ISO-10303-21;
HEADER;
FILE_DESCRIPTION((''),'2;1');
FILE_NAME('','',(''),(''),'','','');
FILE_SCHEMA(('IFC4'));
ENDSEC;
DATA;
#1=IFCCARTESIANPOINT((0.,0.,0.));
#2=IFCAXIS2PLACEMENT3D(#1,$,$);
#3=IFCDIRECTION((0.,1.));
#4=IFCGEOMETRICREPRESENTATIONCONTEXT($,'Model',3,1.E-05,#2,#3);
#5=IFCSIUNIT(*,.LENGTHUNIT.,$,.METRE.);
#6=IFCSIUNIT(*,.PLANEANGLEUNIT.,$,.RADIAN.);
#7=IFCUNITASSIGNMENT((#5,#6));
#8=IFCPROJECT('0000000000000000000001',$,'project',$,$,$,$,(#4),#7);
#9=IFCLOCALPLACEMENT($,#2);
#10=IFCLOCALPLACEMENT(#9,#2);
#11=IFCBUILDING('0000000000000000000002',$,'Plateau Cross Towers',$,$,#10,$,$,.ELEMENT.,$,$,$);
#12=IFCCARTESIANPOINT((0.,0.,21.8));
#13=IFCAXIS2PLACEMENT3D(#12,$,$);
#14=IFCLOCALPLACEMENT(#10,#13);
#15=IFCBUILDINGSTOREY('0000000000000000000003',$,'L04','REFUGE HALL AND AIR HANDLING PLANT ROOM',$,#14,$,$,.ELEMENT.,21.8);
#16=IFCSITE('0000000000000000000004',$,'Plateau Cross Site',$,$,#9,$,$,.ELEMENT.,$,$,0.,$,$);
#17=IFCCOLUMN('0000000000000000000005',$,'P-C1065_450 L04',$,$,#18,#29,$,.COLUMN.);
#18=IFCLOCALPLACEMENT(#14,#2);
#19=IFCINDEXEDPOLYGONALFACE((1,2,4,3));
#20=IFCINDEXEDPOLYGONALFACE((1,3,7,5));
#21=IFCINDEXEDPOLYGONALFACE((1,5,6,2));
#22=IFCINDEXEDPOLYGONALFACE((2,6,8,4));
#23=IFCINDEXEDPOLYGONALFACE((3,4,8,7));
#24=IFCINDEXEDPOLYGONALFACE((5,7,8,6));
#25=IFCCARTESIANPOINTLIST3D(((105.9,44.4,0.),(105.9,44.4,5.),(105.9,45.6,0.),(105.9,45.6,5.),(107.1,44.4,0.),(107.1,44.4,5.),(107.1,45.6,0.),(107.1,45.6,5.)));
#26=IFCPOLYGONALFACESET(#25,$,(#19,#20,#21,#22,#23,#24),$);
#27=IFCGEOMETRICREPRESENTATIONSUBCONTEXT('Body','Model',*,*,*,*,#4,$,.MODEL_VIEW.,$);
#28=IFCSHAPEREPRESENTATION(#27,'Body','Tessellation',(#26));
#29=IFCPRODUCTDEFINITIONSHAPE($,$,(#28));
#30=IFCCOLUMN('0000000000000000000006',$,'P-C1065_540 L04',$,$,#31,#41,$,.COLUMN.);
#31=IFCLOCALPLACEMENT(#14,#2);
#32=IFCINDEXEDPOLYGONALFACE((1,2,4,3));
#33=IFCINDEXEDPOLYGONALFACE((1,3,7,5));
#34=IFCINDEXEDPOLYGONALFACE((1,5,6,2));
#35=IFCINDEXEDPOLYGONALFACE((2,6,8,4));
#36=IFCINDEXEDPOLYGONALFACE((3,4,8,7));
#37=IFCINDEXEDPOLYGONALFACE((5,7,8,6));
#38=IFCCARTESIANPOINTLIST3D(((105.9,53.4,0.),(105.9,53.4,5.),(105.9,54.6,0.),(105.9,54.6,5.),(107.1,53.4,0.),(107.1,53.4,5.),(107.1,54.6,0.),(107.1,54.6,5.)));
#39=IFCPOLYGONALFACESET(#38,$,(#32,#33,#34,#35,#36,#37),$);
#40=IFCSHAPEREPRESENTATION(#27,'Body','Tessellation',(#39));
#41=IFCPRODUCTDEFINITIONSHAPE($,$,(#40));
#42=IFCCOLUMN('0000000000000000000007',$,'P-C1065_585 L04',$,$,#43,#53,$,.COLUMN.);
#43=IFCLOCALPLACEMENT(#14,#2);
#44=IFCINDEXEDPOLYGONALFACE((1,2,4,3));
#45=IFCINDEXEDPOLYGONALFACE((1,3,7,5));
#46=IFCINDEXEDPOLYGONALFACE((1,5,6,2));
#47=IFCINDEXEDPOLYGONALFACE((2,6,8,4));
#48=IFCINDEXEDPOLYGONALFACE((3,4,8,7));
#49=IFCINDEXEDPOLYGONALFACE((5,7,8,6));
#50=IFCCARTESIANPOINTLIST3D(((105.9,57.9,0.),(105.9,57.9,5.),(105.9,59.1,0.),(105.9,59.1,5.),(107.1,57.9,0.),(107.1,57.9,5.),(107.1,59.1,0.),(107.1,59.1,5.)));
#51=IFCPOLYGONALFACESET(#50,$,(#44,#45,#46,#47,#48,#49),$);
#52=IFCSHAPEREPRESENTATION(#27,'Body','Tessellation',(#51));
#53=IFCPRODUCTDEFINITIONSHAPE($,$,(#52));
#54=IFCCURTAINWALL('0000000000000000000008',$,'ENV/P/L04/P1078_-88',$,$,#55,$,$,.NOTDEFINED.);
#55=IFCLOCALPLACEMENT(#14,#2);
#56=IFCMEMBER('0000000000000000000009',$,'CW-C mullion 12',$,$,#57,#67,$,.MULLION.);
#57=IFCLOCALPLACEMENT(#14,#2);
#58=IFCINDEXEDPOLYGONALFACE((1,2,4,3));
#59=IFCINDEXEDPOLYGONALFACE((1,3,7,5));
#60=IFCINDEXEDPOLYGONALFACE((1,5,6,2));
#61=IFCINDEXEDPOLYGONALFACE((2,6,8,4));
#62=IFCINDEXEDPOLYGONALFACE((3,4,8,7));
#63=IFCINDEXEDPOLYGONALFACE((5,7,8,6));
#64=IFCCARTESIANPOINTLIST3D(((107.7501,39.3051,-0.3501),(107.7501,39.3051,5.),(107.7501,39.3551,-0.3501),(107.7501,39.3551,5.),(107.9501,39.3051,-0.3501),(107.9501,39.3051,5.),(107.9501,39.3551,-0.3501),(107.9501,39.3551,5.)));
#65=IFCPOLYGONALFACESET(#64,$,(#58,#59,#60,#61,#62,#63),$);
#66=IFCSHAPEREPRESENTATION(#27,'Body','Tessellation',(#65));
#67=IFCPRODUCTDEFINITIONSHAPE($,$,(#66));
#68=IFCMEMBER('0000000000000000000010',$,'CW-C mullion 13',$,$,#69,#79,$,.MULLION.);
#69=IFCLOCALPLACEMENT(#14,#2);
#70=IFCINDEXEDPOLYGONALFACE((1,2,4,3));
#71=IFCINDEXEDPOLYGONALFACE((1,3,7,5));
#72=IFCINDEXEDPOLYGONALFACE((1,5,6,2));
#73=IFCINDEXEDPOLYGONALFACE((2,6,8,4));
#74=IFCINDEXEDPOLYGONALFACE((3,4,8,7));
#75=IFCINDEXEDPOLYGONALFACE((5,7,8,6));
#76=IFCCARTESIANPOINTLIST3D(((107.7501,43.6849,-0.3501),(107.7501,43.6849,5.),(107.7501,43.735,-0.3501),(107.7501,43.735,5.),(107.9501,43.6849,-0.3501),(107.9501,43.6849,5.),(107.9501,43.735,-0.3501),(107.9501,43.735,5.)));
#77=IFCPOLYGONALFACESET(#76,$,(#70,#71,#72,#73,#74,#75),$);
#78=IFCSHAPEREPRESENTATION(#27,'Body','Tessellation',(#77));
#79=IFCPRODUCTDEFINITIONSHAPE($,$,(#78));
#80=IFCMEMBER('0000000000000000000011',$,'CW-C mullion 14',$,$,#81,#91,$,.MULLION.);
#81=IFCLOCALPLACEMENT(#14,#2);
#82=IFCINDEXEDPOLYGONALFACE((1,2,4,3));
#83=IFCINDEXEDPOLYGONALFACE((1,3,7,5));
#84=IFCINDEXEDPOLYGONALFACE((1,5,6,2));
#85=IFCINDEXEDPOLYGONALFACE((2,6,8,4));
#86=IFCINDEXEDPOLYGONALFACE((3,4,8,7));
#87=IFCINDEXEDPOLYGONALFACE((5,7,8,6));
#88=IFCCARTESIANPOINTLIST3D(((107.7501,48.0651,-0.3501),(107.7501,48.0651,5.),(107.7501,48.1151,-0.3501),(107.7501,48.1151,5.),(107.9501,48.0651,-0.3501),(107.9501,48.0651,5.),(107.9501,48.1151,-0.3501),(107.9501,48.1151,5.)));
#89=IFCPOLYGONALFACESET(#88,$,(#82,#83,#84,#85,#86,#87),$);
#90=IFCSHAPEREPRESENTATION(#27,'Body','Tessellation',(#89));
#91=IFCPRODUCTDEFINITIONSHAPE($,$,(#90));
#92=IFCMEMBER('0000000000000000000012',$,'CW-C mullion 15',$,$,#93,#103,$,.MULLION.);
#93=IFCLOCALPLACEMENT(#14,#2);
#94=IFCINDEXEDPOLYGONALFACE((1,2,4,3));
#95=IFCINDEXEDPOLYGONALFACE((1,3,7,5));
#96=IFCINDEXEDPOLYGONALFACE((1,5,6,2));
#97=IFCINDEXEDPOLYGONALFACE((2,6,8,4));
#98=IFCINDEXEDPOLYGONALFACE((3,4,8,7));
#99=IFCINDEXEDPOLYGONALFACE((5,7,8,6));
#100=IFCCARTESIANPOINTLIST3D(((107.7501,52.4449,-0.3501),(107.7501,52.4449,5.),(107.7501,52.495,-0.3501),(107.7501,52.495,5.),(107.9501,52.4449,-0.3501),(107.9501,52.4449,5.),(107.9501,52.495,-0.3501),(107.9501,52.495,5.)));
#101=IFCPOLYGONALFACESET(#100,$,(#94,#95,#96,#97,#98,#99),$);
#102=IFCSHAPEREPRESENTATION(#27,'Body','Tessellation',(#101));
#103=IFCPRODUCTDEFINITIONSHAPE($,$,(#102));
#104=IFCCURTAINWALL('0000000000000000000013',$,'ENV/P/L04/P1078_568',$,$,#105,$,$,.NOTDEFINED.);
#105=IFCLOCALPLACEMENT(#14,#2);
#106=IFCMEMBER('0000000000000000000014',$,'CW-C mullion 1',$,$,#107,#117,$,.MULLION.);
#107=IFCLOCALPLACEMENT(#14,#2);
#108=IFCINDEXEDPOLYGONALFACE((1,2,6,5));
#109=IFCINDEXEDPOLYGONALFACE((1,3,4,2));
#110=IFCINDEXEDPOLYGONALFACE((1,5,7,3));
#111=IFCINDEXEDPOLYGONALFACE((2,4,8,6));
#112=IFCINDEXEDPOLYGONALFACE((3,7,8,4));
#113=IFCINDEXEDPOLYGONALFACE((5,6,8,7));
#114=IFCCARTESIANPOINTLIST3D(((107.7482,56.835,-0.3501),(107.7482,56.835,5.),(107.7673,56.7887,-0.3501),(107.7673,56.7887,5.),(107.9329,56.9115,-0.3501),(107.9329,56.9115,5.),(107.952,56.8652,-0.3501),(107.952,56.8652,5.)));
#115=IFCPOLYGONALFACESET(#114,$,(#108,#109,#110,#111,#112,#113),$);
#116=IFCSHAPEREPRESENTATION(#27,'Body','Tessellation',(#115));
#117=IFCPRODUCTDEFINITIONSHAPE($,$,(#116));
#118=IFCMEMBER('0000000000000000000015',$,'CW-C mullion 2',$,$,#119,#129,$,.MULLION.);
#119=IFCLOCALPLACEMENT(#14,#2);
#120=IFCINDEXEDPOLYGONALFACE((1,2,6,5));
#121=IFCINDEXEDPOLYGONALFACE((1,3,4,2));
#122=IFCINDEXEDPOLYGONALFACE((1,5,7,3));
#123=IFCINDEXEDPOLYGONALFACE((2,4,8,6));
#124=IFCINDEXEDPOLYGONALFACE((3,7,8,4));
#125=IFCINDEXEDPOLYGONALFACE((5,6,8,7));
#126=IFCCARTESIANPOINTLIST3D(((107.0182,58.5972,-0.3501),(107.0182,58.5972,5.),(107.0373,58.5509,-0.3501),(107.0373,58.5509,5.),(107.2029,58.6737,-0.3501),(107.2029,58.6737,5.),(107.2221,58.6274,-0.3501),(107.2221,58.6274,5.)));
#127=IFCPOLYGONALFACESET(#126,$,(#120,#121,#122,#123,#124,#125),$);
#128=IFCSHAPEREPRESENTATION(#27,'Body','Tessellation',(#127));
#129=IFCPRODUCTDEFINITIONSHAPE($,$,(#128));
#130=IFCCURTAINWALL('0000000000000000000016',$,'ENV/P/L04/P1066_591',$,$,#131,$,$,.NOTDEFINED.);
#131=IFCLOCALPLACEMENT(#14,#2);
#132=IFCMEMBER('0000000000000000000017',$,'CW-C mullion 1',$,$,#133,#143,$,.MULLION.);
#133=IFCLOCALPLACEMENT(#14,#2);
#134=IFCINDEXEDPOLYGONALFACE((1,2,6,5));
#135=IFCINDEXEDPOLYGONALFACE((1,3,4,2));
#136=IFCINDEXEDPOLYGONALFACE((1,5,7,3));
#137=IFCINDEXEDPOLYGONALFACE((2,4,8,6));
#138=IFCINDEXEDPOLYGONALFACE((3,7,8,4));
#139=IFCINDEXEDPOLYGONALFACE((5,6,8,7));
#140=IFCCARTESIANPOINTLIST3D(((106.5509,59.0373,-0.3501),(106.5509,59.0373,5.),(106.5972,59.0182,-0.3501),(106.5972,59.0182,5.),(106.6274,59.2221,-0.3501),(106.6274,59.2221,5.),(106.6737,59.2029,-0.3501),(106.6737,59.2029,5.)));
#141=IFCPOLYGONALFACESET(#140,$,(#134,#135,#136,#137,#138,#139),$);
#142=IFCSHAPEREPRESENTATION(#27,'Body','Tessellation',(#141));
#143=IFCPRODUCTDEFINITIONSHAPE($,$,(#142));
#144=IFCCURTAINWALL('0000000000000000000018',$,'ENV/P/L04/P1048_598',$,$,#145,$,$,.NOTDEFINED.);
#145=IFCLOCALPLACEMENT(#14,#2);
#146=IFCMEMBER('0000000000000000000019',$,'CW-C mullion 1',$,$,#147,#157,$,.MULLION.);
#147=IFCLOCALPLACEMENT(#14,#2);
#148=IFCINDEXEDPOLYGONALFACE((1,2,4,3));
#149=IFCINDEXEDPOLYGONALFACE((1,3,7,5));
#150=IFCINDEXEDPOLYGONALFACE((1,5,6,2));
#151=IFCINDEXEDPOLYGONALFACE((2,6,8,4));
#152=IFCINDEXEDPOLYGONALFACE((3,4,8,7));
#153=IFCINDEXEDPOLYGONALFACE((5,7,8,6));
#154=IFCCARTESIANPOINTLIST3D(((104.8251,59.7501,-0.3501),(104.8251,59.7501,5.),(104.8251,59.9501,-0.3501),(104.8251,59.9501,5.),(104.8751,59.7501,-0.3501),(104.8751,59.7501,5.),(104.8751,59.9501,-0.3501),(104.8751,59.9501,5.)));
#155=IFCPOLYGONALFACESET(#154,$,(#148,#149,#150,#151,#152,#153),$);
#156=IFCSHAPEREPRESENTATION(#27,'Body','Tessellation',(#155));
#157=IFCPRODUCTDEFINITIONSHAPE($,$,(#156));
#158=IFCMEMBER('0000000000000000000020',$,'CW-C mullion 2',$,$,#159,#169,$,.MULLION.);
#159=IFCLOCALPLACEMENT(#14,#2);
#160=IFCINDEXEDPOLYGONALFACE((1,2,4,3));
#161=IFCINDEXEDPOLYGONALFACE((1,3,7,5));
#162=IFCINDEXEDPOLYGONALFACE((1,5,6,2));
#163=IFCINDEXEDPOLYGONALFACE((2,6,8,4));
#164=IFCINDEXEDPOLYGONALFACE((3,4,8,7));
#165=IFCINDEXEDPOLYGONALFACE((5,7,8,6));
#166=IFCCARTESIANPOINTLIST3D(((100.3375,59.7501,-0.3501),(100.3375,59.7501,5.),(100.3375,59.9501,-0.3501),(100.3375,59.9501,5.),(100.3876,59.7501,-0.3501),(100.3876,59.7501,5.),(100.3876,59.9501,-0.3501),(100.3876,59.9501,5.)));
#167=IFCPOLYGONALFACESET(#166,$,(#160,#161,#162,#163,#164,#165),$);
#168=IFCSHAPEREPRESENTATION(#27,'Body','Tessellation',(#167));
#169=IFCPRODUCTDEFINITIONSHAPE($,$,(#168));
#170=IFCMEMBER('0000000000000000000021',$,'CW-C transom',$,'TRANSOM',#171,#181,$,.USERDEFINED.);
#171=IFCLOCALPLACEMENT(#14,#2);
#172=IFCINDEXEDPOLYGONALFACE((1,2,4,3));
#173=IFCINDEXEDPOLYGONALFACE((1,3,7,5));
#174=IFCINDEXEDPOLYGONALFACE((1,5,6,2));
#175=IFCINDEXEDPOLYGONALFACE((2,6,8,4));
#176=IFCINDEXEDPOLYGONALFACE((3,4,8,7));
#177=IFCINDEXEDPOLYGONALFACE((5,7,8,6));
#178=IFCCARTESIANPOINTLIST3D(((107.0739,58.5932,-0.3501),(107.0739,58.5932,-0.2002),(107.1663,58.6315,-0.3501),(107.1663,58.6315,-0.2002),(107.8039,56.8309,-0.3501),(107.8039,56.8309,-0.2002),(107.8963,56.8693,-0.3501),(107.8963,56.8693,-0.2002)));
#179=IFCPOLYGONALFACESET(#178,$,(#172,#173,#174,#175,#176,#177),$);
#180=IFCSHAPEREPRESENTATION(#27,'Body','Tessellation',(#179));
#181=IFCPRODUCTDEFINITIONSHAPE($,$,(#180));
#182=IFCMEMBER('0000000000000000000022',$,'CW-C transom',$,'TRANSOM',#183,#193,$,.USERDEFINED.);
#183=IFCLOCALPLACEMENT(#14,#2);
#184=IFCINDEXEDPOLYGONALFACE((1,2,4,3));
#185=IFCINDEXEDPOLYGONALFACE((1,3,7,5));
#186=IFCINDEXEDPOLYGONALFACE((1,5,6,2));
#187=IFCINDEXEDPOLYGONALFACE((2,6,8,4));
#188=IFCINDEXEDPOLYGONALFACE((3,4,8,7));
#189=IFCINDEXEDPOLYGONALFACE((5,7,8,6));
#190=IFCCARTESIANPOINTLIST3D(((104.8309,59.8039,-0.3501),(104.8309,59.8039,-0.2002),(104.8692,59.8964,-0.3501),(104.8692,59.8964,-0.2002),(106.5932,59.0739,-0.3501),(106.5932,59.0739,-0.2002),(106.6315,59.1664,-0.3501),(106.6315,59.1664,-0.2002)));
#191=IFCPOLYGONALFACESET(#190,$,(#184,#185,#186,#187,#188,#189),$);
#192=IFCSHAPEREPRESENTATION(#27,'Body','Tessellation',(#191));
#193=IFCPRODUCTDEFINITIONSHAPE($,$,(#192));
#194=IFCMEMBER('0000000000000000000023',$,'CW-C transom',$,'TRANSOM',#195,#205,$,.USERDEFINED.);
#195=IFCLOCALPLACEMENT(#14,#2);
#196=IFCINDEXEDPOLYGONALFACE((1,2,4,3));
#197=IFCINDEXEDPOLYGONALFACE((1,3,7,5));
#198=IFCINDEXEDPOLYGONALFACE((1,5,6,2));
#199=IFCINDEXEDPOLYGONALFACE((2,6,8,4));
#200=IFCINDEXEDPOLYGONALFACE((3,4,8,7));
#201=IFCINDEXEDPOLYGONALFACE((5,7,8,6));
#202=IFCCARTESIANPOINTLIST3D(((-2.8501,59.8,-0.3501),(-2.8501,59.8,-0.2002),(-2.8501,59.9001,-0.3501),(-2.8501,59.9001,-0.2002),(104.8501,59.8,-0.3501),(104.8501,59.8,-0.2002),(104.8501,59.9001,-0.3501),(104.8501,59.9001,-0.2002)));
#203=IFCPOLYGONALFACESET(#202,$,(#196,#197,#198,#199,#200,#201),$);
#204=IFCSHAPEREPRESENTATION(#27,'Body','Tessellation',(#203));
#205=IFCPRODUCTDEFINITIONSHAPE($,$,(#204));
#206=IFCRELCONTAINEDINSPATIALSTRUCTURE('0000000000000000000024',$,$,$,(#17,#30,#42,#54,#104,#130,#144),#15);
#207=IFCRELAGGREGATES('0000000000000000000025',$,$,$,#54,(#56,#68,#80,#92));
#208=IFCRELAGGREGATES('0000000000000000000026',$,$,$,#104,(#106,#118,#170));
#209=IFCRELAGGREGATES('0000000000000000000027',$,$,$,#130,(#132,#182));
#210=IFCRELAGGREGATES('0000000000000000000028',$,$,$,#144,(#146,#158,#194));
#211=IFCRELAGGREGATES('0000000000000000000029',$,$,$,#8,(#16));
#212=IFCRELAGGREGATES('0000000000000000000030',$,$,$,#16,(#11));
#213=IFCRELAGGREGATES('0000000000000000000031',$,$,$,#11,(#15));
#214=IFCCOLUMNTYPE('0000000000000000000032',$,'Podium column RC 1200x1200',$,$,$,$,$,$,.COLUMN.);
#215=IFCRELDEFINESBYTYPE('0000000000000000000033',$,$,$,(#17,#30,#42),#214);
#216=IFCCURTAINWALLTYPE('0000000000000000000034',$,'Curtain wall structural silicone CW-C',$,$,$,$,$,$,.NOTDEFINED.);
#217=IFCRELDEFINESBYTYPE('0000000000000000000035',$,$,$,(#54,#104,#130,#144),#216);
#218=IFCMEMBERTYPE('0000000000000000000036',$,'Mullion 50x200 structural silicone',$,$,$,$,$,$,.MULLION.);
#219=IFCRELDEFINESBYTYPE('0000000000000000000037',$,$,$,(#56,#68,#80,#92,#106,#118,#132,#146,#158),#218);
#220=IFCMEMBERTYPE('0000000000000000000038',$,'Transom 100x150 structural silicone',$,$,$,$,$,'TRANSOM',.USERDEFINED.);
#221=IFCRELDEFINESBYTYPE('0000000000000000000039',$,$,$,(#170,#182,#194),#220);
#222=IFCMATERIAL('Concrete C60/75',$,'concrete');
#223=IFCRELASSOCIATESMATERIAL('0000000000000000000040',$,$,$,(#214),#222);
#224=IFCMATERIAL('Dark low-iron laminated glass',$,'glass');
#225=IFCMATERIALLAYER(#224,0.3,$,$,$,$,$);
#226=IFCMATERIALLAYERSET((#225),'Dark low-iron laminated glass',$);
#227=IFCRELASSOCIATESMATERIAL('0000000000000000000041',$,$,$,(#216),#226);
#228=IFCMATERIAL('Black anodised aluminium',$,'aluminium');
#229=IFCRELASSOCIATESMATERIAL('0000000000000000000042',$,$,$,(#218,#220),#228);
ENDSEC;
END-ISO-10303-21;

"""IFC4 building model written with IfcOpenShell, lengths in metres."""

from ifc_helpers import new_model, si_unit, direction, frame, origin, origin_2d, place, context, subcontext, project, spatial, rectangle, extrude, material, layer, layer_set, material_profile, profile_set, type_object, element, aggregate, save


model = new_model("IFC4")

# Units and contexts
model_context = context("Model", 3, precision=1e-05, world=origin(), true_north=direction((0.0, 1.0)))
body_context = subcontext(model_context, "Body", "Model", "MODEL_VIEW")
ifc_project = project(units=[si_unit("LENGTHUNIT", "METRE"), si_unit("PLANEANGLEUNIT", "RADIAN")], contexts=[model_context])

# Site, building, storey
site_placement = place(None, origin())
site = spatial("IfcSite", under=ifc_project, at=site_placement, Name="Plateau Cross Site", CompositionType="ELEMENT", RefElevation=0.0)
building_placement = place(site_placement, origin())
building = spatial("IfcBuilding", under=site, at=building_placement, Name="Plateau Cross Towers", CompositionType="ELEMENT")
storey_placement = place(building_placement, frame((0.0, 0.0, 21.8)))
storey = spatial("IfcBuildingStorey", under=building, at=storey_placement, Name="L04", Description="REFUGE HALL AND AIR HANDLING PLANT ROOM", CompositionType="ELEMENT", Elevation=21.8)

# Columns
ifc_material_1 = material(Name="Concrete C60/75", Category="concrete")
ifc_material_profile_1 = material_profile(ifc_material_1, rectangle(XDim=1.2, YDim=1.2, at=origin_2d()), Name="RC 1200x1200")
ifc_profile_set_1 = profile_set([ifc_material_profile_1], Name="Concrete C60/75")
column_type = type_object("IfcColumnType", Name="Podium column RC 1200x1200", PredefinedType="COLUMN", material=ifc_profile_set_1)
for number, where, z_axis, x_axis, name in (
    (1, (106.5, 45.0, 0.0), (0.0, 0.0, 1.0), (1.0, 0.0, 0.0), "P-C1065_450 L04"),
    (2, (106.5, 54.0, 0.0), (0.0, 0.0, 1.0), (1.0, 0.0, 0.0), "P-C1065_540 L04"),
    (3, (106.5, 58.5, 0.0), (0.0, 0.0, 1.0), (1.0, 0.0, 0.0), "P-C1065_585 L04"),
):
    element("IfcColumn", number, at=place(storey_placement, frame(where, z_axis=z_axis, x_axis=x_axis)), inside=storey, type_object=column_type, Name=name, PredefinedType="COLUMN", context=body_context, shape_type="SweptSolid", body=[
        extrude(rectangle(XDim=1.2, YDim=1.2, at=origin_2d()), origin(), (0.0, 0.0, 1.0), 5.0),
    ])

# Curtain walls, members
ifc_material_2 = material(Name="Dark low-iron laminated glass", Category="glass")
ifc_layer_1 = layer(ifc_material_2, 0.3)
ifc_layer_set_1 = layer_set([ifc_layer_1], Name="Dark low-iron laminated glass")
curtain_wall_type = type_object("IfcCurtainWallType", Name="Curtain wall structural silicone CW-C", PredefinedType="NOTDEFINED", material=ifc_layer_set_1)
curtain_wall_1_placement = place(storey_placement, origin())
curtain_wall_1 = element("IfcCurtainWall", 4, at=curtain_wall_1_placement, inside=storey, type_object=curtain_wall_type, Name="ENV/P/L04/P1078_-88", PredefinedType="NOTDEFINED")
ifc_material_3 = material(Name="Black anodised aluminium", Category="aluminium")
ifc_material_profile_2 = material_profile(ifc_material_3, rectangle(XDim=0.05, YDim=0.2, at=origin_2d()), Name="MULLION 50x200")
ifc_profile_set_2 = profile_set([ifc_material_profile_2], Name="Black anodised aluminium")
member_type_1 = type_object("IfcMemberType", Name="Mullion 50x200 structural silicone", PredefinedType="MULLION", material=ifc_profile_set_2)
member_1_placement = place(storey_placement, frame((107.8501, 39.3301, -0.3501), z_axis=(0.0, 0.0, 1.0), x_axis=(0.0, 1.0, 0.0)))
member_1 = element("IfcMember", 5, at=member_1_placement, type_object=member_type_1, Name="CW-C mullion 12", PredefinedType="MULLION", context=body_context, shape_type="SweptSolid", body=[
    extrude(rectangle(XDim=0.05, YDim=0.2, at=origin_2d()), origin(), (0.0, 0.0, 1.0), 5.3501),
])
member_2_placement = place(storey_placement, frame((107.8501, 43.71, -0.3501), z_axis=(0.0, 0.0, 1.0), x_axis=(0.0, 1.0, 0.0)))
member_2 = element("IfcMember", 6, at=member_2_placement, type_object=member_type_1, Name="CW-C mullion 13", PredefinedType="MULLION", context=body_context, shape_type="SweptSolid", body=[
    extrude(rectangle(XDim=0.05, YDim=0.2, at=origin_2d()), origin(), (0.0, 0.0, 1.0), 5.3501),
])
member_3_placement = place(storey_placement, frame((107.8501, 48.0901, -0.3501), z_axis=(0.0, 0.0, 1.0), x_axis=(0.0, 1.0, 0.0)))
member_3 = element("IfcMember", 7, at=member_3_placement, type_object=member_type_1, Name="CW-C mullion 14", PredefinedType="MULLION", context=body_context, shape_type="SweptSolid", body=[
    extrude(rectangle(XDim=0.05, YDim=0.2, at=origin_2d()), origin(), (0.0, 0.0, 1.0), 5.3501),
])
member_4_placement = place(storey_placement, frame((107.8501, 52.47, -0.3501), z_axis=(0.0, 0.0, 1.0), x_axis=(0.0, 1.0, 0.0)))
member_4 = element("IfcMember", 8, at=member_4_placement, type_object=member_type_1, Name="CW-C mullion 15", PredefinedType="MULLION", context=body_context, shape_type="SweptSolid", body=[
    extrude(rectangle(XDim=0.05, YDim=0.2, at=origin_2d()), origin(), (0.0, 0.0, 1.0), 5.3501),
])
curtain_wall_2_placement = place(storey_placement, origin())
curtain_wall_2 = element("IfcCurtainWall", 9, at=curtain_wall_2_placement, inside=storey, type_object=curtain_wall_type, Name="ENV/P/L04/P1078_568", PredefinedType="NOTDEFINED")
member_5_placement = place(storey_placement, frame((107.8501, 56.8501, -0.3501), z_axis=(0.0, 0.0, 1.0), x_axis=(-0.382684, 0.923879, 0.0)))
member_5 = element("IfcMember", 10, at=member_5_placement, type_object=member_type_1, Name="CW-C mullion 1", PredefinedType="MULLION", context=body_context, shape_type="SweptSolid", body=[
    extrude(rectangle(XDim=0.05, YDim=0.2, at=origin_2d()), origin(), (0.0, 0.0, 1.0), 5.3501),
])
member_6_placement = place(storey_placement, frame((107.1201, 58.6123, -0.3501), z_axis=(0.0, 0.0, 1.0), x_axis=(-0.382684, 0.923879, 0.0)))
member_6 = element("IfcMember", 11, at=member_6_placement, type_object=member_type_1, Name="CW-C mullion 2", PredefinedType="MULLION", context=body_context, shape_type="SweptSolid", body=[
    extrude(rectangle(XDim=0.05, YDim=0.2, at=origin_2d()), origin(), (0.0, 0.0, 1.0), 5.3501),
])

# Curtain wall, member
curtain_wall_3_placement = place(storey_placement, origin())
curtain_wall_3 = element("IfcCurtainWall", 12, at=curtain_wall_3_placement, inside=storey, type_object=curtain_wall_type, Name="ENV/P/L04/P1066_591", PredefinedType="NOTDEFINED")
member_7_placement = place(storey_placement, frame((106.6123, 59.1201, -0.3501), z_axis=(0.0, 0.0, 1.0), x_axis=(-0.923879, 0.382684, 0.0)))
member_7 = element("IfcMember", 13, at=member_7_placement, type_object=member_type_1, Name="CW-C mullion 1", PredefinedType="MULLION", context=body_context, shape_type="SweptSolid", body=[
    extrude(rectangle(XDim=0.05, YDim=0.2, at=origin_2d()), origin(), (0.0, 0.0, 1.0), 5.3501),
])

# Curtain wall, members
curtain_wall_4_placement = place(storey_placement, origin())
curtain_wall_4 = element("IfcCurtainWall", 14, at=curtain_wall_4_placement, inside=storey, type_object=curtain_wall_type, Name="ENV/P/L04/P1048_598", PredefinedType="NOTDEFINED")
member_8_placement = place(storey_placement, frame((104.8501, 59.8501, -0.3501), z_axis=(0.0, 0.0, 1.0), x_axis=(-1.0, 0.0, 0.0)))
member_8 = element("IfcMember", 15, at=member_8_placement, type_object=member_type_1, Name="CW-C mullion 1", PredefinedType="MULLION", context=body_context, shape_type="SweptSolid", body=[
    extrude(rectangle(XDim=0.05, YDim=0.2, at=origin_2d()), origin(), (0.0, 0.0, 1.0), 5.3501),
])
member_9_placement = place(storey_placement, frame((100.3625, 59.8501, -0.3501), z_axis=(0.0, 0.0, 1.0), x_axis=(-1.0, 0.0, 0.0)))
member_9 = element("IfcMember", 16, at=member_9_placement, type_object=member_type_1, Name="CW-C mullion 2", PredefinedType="MULLION", context=body_context, shape_type="SweptSolid", body=[
    extrude(rectangle(XDim=0.05, YDim=0.2, at=origin_2d()), origin(), (0.0, 0.0, 1.0), 5.3501),
])

# Members
ifc_material_profile_3 = material_profile(ifc_material_3, rectangle(XDim=0.1001, YDim=0.1499, at=origin_2d()), Name="TRANSOM 100x150")
ifc_profile_set_3 = profile_set([ifc_material_profile_3], Name="Black anodised aluminium")
member_type_2 = type_object("IfcMemberType", Name="Transom 100x150 structural silicone", ElementType="TRANSOM", PredefinedType="USERDEFINED", material=ifc_profile_set_3)
member_10_placement = place(storey_placement, frame((107.8501, 56.8501, -0.2751), z_axis=(-0.382706, 0.92387, 0.0), x_axis=(-0.92387, -0.382706, 0.0)))
member_10 = element("IfcMember", 17, at=member_10_placement, type_object=member_type_2, Name="CW-C transom", ObjectType="TRANSOM", PredefinedType="USERDEFINED", context=body_context, shape_type="SweptSolid", body=[
    extrude(rectangle(XDim=0.1001, YDim=0.1499, at=origin_2d()), origin(), (0.0, 0.0, 1.0), 1.9075),
])
member_11_placement = place(storey_placement, frame((106.6123, 59.1201, -0.2751), z_axis=(-0.92387, 0.382706, 0.0), x_axis=(-0.382706, -0.92387, 0.0)))
member_11 = element("IfcMember", 18, at=member_11_placement, type_object=member_type_2, Name="CW-C transom", ObjectType="TRANSOM", PredefinedType="USERDEFINED", context=body_context, shape_type="SweptSolid", body=[
    extrude(rectangle(XDim=0.1001, YDim=0.1499, at=origin_2d()), origin(), (0.0, 0.0, 1.0), 1.9075),
])
member_12_placement = place(storey_placement, frame((104.8501, 59.8501, -0.2751), z_axis=(-1.0, 0.0, 0.0), x_axis=(0.0, -1.0, 0.0)))
member_12 = element("IfcMember", 19, at=member_12_placement, type_object=member_type_2, Name="CW-C transom", ObjectType="TRANSOM", PredefinedType="USERDEFINED", context=body_context, shape_type="SweptSolid", body=[
    extrude(rectangle(XDim=0.1001, YDim=0.1499, at=origin_2d()), origin(), (0.0, 0.0, 1.0), 107.7002),
])

aggregate(curtain_wall_1, [member_1, member_2, member_3, member_4])
aggregate(curtain_wall_2, [member_5, member_6, member_10])
aggregate(curtain_wall_3, [member_7, member_11])
aggregate(curtain_wall_4, [member_8, member_9, member_12])

save(model, "model.ifc")
